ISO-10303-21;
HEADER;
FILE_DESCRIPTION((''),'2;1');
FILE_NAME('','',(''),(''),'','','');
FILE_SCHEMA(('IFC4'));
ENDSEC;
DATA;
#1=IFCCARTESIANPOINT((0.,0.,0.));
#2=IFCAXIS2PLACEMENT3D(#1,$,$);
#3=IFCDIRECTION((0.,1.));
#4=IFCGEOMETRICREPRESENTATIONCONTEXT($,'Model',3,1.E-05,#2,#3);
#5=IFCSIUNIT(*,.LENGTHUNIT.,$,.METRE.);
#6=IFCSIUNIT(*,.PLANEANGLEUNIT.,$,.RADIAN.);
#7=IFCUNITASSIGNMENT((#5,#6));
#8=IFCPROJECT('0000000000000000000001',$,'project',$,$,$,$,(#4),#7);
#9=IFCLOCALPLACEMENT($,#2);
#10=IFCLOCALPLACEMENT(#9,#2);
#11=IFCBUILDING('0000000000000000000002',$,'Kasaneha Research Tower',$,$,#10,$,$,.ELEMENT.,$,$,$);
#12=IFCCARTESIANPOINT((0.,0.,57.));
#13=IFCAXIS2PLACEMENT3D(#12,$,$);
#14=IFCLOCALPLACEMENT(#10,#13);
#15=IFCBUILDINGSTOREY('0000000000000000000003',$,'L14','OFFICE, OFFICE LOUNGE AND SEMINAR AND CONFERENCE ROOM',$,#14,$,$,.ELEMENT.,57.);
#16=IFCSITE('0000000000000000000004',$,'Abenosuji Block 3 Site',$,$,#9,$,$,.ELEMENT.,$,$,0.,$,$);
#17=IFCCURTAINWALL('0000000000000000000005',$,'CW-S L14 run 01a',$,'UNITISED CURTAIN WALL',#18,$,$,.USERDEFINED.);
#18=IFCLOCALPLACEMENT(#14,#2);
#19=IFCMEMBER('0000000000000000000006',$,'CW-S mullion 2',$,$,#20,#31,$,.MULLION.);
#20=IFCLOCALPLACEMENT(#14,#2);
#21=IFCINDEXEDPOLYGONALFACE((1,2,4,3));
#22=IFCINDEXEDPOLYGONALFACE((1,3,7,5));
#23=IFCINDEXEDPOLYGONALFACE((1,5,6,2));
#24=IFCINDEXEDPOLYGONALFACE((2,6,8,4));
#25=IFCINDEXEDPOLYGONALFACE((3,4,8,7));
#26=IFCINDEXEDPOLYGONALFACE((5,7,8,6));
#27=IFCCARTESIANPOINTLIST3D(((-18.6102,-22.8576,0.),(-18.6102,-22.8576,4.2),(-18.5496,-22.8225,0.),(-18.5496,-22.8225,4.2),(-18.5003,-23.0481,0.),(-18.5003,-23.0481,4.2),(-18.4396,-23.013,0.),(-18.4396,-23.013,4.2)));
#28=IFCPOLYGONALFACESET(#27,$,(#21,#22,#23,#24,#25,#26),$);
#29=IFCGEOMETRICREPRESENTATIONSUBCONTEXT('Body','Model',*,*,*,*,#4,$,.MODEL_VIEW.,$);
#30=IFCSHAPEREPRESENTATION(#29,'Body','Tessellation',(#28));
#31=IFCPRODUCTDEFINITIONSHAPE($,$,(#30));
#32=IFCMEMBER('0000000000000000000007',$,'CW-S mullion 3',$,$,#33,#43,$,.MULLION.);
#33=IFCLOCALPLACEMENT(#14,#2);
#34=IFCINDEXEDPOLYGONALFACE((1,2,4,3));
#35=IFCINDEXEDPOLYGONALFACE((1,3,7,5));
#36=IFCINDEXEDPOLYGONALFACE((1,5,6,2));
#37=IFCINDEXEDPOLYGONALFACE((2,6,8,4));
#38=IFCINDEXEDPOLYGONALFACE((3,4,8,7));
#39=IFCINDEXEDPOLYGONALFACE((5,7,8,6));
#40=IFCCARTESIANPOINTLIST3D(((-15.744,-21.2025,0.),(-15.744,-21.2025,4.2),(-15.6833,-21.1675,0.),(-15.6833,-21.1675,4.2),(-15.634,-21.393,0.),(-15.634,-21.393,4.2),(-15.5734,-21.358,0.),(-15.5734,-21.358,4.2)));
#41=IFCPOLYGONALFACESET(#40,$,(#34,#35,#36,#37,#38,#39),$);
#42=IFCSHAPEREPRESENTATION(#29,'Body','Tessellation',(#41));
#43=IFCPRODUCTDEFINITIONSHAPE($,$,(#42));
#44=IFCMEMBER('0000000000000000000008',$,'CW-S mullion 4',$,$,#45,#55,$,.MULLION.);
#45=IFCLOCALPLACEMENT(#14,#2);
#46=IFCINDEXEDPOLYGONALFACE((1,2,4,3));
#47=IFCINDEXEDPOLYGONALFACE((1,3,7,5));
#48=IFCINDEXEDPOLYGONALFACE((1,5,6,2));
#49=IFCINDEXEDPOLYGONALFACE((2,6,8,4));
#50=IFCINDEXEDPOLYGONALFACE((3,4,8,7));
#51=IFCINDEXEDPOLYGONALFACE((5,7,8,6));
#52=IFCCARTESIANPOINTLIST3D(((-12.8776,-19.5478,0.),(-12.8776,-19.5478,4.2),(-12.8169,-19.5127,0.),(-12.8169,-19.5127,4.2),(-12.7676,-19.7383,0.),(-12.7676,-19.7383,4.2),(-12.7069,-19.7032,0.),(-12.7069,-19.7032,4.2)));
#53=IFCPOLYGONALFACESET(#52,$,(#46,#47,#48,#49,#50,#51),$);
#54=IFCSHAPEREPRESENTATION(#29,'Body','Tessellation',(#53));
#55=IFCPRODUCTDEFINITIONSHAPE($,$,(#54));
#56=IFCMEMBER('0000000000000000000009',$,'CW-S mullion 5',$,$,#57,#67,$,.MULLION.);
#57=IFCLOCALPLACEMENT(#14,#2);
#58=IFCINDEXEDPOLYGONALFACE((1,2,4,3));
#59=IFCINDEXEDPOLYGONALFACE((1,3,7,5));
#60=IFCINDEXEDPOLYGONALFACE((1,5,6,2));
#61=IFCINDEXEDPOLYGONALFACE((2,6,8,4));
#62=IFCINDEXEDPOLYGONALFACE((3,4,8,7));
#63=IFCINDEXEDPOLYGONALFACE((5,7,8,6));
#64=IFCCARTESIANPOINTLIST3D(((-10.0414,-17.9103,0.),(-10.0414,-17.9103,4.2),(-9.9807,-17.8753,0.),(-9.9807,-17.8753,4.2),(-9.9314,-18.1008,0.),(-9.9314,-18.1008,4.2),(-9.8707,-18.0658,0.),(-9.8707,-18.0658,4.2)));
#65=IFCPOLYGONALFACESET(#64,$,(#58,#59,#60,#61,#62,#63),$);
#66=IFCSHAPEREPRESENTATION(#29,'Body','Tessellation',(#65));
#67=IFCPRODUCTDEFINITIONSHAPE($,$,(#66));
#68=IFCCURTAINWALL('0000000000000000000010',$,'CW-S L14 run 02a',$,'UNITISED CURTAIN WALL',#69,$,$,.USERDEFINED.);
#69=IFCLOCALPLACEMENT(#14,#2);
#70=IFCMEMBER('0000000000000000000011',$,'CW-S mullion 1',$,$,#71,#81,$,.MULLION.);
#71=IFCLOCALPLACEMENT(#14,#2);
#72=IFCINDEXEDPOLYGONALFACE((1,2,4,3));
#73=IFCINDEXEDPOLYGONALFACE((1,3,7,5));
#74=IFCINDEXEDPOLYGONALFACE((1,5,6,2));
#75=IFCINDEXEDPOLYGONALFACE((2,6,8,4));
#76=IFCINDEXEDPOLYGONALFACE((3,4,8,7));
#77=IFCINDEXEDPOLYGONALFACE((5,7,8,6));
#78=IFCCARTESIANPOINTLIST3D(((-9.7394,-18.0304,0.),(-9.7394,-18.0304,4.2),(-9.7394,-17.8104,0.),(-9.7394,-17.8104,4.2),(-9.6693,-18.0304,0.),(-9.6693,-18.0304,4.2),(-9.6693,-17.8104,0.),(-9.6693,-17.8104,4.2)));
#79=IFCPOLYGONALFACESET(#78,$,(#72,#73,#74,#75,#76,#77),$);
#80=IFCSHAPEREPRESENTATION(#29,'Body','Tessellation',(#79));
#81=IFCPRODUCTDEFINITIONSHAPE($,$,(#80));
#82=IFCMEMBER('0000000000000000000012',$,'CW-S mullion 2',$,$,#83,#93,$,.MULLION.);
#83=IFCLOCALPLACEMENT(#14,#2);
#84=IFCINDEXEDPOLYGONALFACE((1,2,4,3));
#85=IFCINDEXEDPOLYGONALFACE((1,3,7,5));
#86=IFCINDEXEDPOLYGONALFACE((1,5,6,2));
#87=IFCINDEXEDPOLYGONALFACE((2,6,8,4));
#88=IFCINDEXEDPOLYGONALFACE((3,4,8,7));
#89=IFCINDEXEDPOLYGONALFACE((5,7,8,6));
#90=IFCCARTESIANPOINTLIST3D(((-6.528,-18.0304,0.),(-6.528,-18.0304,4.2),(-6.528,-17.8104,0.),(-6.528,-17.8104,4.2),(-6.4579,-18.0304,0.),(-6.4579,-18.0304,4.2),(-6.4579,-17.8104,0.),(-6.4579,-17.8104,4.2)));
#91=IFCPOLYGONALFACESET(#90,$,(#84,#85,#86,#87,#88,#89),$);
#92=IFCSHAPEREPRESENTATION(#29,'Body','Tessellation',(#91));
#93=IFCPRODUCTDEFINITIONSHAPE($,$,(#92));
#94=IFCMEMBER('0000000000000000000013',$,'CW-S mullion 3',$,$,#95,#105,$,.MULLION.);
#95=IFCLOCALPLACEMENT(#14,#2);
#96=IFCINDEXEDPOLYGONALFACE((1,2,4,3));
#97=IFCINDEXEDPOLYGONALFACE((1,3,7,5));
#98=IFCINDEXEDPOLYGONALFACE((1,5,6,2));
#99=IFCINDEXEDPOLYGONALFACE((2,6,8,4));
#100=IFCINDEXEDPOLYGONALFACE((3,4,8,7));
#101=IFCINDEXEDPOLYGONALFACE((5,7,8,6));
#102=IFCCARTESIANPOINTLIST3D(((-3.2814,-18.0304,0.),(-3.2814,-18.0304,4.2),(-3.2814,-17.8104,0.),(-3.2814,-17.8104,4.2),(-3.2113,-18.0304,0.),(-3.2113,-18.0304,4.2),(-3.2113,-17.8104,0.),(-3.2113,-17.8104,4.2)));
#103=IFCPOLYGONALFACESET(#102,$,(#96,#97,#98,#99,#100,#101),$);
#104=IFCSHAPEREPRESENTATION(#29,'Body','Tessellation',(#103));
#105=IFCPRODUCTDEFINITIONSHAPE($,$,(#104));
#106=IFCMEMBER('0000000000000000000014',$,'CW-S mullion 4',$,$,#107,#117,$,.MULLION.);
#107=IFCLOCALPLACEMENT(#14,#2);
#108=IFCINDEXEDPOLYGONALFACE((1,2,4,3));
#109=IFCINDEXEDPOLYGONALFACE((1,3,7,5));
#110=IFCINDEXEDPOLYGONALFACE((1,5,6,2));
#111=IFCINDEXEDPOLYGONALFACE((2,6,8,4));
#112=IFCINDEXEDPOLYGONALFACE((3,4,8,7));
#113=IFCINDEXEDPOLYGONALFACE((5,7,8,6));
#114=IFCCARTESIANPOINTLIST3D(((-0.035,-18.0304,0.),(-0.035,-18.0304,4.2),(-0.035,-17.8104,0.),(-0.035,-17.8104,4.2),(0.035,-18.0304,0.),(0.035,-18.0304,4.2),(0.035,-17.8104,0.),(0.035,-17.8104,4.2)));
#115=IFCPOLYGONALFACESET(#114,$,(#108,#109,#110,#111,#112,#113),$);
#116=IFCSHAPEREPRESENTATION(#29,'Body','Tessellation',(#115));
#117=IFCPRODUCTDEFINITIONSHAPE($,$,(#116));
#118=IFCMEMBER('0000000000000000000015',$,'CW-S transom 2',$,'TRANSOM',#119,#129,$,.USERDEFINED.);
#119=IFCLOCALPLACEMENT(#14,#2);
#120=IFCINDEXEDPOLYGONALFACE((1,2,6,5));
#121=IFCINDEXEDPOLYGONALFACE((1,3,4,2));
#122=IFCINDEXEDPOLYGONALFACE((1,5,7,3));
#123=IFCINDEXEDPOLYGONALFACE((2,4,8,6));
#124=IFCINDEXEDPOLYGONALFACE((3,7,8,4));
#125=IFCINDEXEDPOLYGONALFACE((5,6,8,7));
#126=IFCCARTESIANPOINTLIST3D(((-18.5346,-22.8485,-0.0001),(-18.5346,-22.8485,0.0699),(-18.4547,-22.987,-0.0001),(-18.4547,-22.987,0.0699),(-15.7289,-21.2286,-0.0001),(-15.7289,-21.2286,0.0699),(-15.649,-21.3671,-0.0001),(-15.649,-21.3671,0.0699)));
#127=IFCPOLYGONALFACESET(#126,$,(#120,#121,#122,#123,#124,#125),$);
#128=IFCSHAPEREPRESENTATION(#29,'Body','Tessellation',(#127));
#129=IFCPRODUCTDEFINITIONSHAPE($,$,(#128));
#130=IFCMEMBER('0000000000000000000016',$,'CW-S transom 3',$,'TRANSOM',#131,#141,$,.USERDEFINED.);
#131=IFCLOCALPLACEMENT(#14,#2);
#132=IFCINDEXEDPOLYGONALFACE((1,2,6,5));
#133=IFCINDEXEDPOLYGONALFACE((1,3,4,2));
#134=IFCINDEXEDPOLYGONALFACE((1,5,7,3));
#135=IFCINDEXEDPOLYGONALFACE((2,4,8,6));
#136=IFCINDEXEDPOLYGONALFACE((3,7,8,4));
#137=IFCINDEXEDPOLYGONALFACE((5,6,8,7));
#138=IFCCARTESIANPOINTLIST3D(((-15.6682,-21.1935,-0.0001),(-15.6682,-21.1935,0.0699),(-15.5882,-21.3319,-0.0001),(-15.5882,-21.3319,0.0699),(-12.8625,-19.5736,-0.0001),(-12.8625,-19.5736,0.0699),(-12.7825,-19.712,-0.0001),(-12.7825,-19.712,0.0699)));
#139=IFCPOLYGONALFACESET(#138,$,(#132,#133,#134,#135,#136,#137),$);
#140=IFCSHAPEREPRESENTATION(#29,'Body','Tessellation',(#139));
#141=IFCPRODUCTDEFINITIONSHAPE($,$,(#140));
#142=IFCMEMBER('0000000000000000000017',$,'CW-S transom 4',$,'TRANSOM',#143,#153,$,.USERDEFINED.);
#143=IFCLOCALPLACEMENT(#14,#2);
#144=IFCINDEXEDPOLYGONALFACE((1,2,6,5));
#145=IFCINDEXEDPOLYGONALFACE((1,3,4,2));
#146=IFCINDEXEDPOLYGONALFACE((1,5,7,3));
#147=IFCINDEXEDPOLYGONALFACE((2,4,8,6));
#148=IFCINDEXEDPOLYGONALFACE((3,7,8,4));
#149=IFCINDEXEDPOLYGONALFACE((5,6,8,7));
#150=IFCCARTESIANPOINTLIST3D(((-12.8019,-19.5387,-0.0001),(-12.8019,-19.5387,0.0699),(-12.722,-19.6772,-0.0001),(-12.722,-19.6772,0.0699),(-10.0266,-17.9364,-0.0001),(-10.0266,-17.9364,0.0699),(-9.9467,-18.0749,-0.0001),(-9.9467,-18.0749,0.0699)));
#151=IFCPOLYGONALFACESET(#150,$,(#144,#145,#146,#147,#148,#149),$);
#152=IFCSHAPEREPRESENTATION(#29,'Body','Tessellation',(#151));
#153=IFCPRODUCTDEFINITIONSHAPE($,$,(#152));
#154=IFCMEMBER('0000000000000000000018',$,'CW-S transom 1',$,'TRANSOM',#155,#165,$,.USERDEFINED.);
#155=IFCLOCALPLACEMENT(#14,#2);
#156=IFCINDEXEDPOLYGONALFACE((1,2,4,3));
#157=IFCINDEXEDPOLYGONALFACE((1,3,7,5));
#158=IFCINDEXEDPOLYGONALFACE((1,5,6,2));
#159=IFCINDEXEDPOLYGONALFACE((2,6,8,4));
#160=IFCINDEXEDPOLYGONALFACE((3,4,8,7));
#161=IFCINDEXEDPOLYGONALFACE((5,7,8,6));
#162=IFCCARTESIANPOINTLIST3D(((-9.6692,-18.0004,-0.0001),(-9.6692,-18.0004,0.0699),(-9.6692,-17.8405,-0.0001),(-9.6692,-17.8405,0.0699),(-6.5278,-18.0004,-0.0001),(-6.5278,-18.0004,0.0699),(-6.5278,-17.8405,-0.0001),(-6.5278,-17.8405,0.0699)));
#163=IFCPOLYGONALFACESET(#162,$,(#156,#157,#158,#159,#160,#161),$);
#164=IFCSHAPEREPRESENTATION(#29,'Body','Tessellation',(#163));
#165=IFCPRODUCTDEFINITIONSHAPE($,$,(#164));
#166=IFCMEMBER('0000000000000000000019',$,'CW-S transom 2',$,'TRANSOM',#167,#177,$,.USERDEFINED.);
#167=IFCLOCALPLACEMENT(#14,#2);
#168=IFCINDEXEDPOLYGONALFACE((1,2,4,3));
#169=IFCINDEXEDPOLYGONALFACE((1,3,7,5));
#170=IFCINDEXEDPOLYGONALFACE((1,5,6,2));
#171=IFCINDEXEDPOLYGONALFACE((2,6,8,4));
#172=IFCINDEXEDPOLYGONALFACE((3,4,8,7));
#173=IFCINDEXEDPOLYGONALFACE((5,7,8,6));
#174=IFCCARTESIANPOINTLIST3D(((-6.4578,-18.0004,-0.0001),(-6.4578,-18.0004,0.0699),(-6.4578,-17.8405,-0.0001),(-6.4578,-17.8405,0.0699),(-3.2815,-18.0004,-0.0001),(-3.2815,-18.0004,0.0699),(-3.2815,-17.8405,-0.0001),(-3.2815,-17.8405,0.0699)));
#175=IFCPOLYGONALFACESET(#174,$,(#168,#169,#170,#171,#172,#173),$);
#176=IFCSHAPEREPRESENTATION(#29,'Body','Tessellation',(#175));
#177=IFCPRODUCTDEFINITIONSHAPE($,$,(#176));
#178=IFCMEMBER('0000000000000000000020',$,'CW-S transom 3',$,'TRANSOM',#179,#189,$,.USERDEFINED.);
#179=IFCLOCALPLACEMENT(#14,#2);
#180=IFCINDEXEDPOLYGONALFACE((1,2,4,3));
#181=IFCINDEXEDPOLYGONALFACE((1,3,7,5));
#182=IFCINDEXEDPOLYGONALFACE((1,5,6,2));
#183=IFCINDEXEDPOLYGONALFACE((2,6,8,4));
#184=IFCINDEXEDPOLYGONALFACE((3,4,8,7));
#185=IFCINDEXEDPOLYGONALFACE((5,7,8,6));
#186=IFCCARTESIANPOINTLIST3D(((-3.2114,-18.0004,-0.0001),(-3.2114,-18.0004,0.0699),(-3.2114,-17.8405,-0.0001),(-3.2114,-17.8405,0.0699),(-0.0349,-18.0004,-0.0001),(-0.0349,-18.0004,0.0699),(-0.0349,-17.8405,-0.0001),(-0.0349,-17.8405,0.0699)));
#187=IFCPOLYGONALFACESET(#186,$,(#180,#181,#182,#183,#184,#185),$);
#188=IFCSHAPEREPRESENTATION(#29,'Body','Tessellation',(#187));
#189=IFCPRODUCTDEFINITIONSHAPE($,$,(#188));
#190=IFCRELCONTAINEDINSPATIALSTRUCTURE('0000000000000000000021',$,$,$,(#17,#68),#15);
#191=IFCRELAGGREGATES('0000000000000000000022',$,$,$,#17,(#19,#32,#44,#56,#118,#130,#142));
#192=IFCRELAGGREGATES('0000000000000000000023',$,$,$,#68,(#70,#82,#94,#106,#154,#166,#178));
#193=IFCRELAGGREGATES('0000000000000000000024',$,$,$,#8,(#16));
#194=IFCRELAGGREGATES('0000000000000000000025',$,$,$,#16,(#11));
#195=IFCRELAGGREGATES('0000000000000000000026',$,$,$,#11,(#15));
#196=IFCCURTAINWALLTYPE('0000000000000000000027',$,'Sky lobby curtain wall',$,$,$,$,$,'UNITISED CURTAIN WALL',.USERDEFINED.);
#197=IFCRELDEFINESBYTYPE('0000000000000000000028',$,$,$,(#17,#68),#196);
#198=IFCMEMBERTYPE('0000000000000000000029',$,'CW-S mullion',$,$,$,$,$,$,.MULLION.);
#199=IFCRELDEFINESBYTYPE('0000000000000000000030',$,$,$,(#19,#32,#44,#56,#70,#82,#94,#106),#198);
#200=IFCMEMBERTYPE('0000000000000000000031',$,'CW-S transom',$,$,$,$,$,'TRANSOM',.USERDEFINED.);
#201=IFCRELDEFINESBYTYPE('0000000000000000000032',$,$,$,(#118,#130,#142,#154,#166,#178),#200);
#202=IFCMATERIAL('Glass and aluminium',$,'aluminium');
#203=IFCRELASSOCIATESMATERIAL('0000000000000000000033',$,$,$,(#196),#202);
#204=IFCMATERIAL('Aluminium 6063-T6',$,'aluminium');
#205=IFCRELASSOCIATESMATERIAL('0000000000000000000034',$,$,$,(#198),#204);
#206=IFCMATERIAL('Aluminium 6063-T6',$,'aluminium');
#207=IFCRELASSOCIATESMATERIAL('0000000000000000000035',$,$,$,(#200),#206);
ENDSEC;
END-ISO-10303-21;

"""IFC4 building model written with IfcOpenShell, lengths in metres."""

from ifc_helpers import new_model, si_unit, direction, frame, origin, origin_2d, place, context, subcontext, project, spatial, rectangle, extrude, material, material_profile, profile_set, type_object, element, aggregate, save


model = new_model("IFC4")

# Units and contexts
model_context = context("Model", 3, precision=1e-05, world=origin(), true_north=direction((0.0, 1.0)))
body_context = subcontext(model_context, "Body", "Model", "MODEL_VIEW")
ifc_project = project(units=[si_unit("LENGTHUNIT", "METRE"), si_unit("PLANEANGLEUNIT", "RADIAN")], contexts=[model_context])

# Site, building, storey
site_placement = place(None, origin())
site = spatial("IfcSite", under=ifc_project, at=site_placement, Name="Abenosuji Block 3 Site", CompositionType="ELEMENT", RefElevation=0.0)
building_placement = place(site_placement, origin())
building = spatial("IfcBuilding", under=site, at=building_placement, Name="Kasaneha Research Tower", CompositionType="ELEMENT")
storey_placement = place(building_placement, frame((0.0, 0.0, 57.0)))
storey = spatial("IfcBuildingStorey", under=building, at=storey_placement, Name="L14", Description="OFFICE, OFFICE LOUNGE AND SEMINAR AND CONFERENCE ROOM", CompositionType="ELEMENT", Elevation=57.0)

# Curtain walls, members
ifc_material_1 = material(Name="Glass and aluminium", Category="aluminium")
curtain_wall_type = type_object("IfcCurtainWallType", Name="Sky lobby curtain wall", ElementType="UNITISED CURTAIN WALL", PredefinedType="USERDEFINED", material=ifc_material_1)
curtain_wall_1_placement = place(storey_placement, origin())
curtain_wall_1 = element("IfcCurtainWall", 1, at=curtain_wall_1_placement, inside=storey, type_object=curtain_wall_type, Name="CW-S L14 run 01a", ObjectType="UNITISED CURTAIN WALL", PredefinedType="USERDEFINED")
ifc_material_2 = material(Name="Aluminium 6063-T6", Category="aluminium")
ifc_material_profile_1 = material_profile(ifc_material_2, rectangle(XDim=0.0701, YDim=0.22, at=origin_2d()), Name="CW-S mullion 70x220")
ifc_profile_set_1 = profile_set([ifc_material_profile_1], Name="Aluminium 6063-T6")
member_type_1 = type_object("IfcMemberType", Name="CW-S mullion", PredefinedType="MULLION", material=ifc_profile_set_1)
member_1_placement = place(storey_placement, frame((-18.5249, -22.9353, 0.0), z_axis=(0.0, 0.0, 1.0), x_axis=(0.866025, 0.5, 0.0)))
member_1 = element("IfcMember", 2, at=member_1_placement, type_object=member_type_1, Name="CW-S mullion 2", PredefinedType="MULLION", context=body_context, shape_type="SweptSolid", body=[
    extrude(rectangle(XDim=0.0701, YDim=0.22, at=origin_2d()), origin(), (0.0, 0.0, 1.0), 4.2),
])
member_2_placement = place(storey_placement, frame((-15.6587, -21.2803, 0.0), z_axis=(0.0, 0.0, 1.0), x_axis=(0.866025, 0.5, 0.0)))
member_2 = element("IfcMember", 3, at=member_2_placement, type_object=member_type_1, Name="CW-S mullion 3", PredefinedType="MULLION", context=body_context, shape_type="SweptSolid", body=[
    extrude(rectangle(XDim=0.0701, YDim=0.22, at=origin_2d()), origin(), (0.0, 0.0, 1.0), 4.2),
])
member_3_placement = place(storey_placement, frame((-12.7922, -19.6255, 0.0), z_axis=(0.0, 0.0, 1.0), x_axis=(0.866025, 0.5, 0.0)))
member_3 = element("IfcMember", 4, at=member_3_placement, type_object=member_type_1, Name="CW-S mullion 4", PredefinedType="MULLION", context=body_context, shape_type="SweptSolid", body=[
    extrude(rectangle(XDim=0.0701, YDim=0.22, at=origin_2d()), origin(), (0.0, 0.0, 1.0), 4.2),
])
member_4_placement = place(storey_placement, frame((-9.9561, -17.988, 0.0), z_axis=(0.0, 0.0, 1.0), x_axis=(0.866025, 0.5, 0.0)))
member_4 = element("IfcMember", 5, at=member_4_placement, type_object=member_type_1, Name="CW-S mullion 5", PredefinedType="MULLION", context=body_context, shape_type="SweptSolid", body=[
    extrude(rectangle(XDim=0.0701, YDim=0.22, at=origin_2d()), origin(), (0.0, 0.0, 1.0), 4.2),
])
curtain_wall_2_placement = place(storey_placement, origin())
curtain_wall_2 = element("IfcCurtainWall", 6, at=curtain_wall_2_placement, inside=storey, type_object=curtain_wall_type, Name="CW-S L14 run 02a", ObjectType="UNITISED CURTAIN WALL", PredefinedType="USERDEFINED")
member_5_placement = place(storey_placement, frame((-9.7043, -17.9204, 0.0), z_axis=(0.0, 0.0, 1.0), x_axis=(1.0, 0.0, 0.0)))
member_5 = element("IfcMember", 7, at=member_5_placement, type_object=member_type_1, Name="CW-S mullion 1", PredefinedType="MULLION", context=body_context, shape_type="SweptSolid", body=[
    extrude(rectangle(XDim=0.0701, YDim=0.22, at=origin_2d()), origin(), (0.0, 0.0, 1.0), 4.2),
])
member_6_placement = place(storey_placement, frame((-6.4929, -17.9204, 0.0), z_axis=(0.0, 0.0, 1.0), x_axis=(1.0, 0.0, 0.0)))
member_6 = element("IfcMember", 8, at=member_6_placement, type_object=member_type_1, Name="CW-S mullion 2", PredefinedType="MULLION", context=body_context, shape_type="SweptSolid", body=[
    extrude(rectangle(XDim=0.0701, YDim=0.22, at=origin_2d()), origin(), (0.0, 0.0, 1.0), 4.2),
])
member_7_placement = place(storey_placement, frame((-3.2463, -17.9204, 0.0), z_axis=(0.0, 0.0, 1.0), x_axis=(1.0, 0.0, 0.0)))
member_7 = element("IfcMember", 9, at=member_7_placement, type_object=member_type_1, Name="CW-S mullion 3", PredefinedType="MULLION", context=body_context, shape_type="SweptSolid", body=[
    extrude(rectangle(XDim=0.0701, YDim=0.22, at=origin_2d()), origin(), (0.0, 0.0, 1.0), 4.2),
])
member_8_placement = place(storey_placement, frame((0.0, -17.9204, 0.0), z_axis=(0.0, 0.0, 1.0), x_axis=(1.0, 0.0, 0.0)))
member_8 = element("IfcMember", 10, at=member_8_placement, type_object=member_type_1, Name="CW-S mullion 4", PredefinedType="MULLION", context=body_context, shape_type="SweptSolid", body=[
    extrude(rectangle(XDim=0.0701, YDim=0.22, at=origin_2d()), origin(), (0.0, 0.0, 1.0), 4.2),
])

# Members
ifc_material_3 = material(Name="Aluminium 6063-T6", Category="aluminium")
ifc_material_profile_2 = material_profile(ifc_material_3, rectangle(XDim=0.1599, YDim=0.0701, at=origin_2d()), Name="CW-S transom 160x70")
ifc_profile_set_2 = profile_set([ifc_material_profile_2], Name="Aluminium 6063-T6")
member_type_2 = type_object("IfcMemberType", Name="CW-S transom", ElementType="TRANSOM", PredefinedType="USERDEFINED", material=ifc_profile_set_2)
member_9_placement = place(storey_placement, frame((-18.4946, -22.9177, 0.0349), z_axis=(0.866022, 0.500005, 0.0), x_axis=(-0.500005, 0.866022, 0.0)))
member_9 = element("IfcMember", 11, at=member_9_placement, type_object=member_type_2, Name="CW-S transom 2", ObjectType="TRANSOM", PredefinedType="USERDEFINED", context=body_context, shape_type="SweptSolid", body=[
    extrude(rectangle(XDim=0.1599, YDim=0.0701, at=origin_2d()), origin(), (0.0, 0.0, 1.0), 3.2397),
])
member_10_placement = place(storey_placement, frame((-15.6282, -21.2627, 0.0349), z_axis=(0.866022, 0.500005, 0.0), x_axis=(-0.500005, 0.866022, 0.0)))
member_10 = element("IfcMember", 12, at=member_10_placement, type_object=member_type_2, Name="CW-S transom 3", ObjectType="TRANSOM", PredefinedType="USERDEFINED", context=body_context, shape_type="SweptSolid", body=[
    extrude(rectangle(XDim=0.1599, YDim=0.0701, at=origin_2d()), origin(), (0.0, 0.0, 1.0), 3.2397),
])
member_11_placement = place(storey_placement, frame((-12.762, -19.6079, 0.0349), z_axis=(0.866036, 0.499982, 0.0), x_axis=(-0.499982, 0.866036, 0.0)))
member_11 = element("IfcMember", 13, at=member_11_placement, type_object=member_type_2, Name="CW-S transom 4", ObjectType="TRANSOM", PredefinedType="USERDEFINED", context=body_context, shape_type="SweptSolid", body=[
    extrude(rectangle(XDim=0.1599, YDim=0.0701, at=origin_2d()), origin(), (0.0, 0.0, 1.0), 3.2046),
])
member_12_placement = place(storey_placement, frame((-9.6692, -17.9204, 0.0349), z_axis=(1.0, 0.0, 0.0), x_axis=(0.0, 1.0, 0.0)))
member_12 = element("IfcMember", 14, at=member_12_placement, type_object=member_type_2, Name="CW-S transom 1", ObjectType="TRANSOM", PredefinedType="USERDEFINED", context=body_context, shape_type="SweptSolid", body=[
    extrude(rectangle(XDim=0.1599, YDim=0.0701, at=origin_2d()), origin(), (0.0, 0.0, 1.0), 3.1414),
])
member_13_placement = place(storey_placement, frame((-6.4578, -17.9204, 0.0349), z_axis=(1.0, 0.0, 0.0), x_axis=(0.0, 1.0, 0.0)))
member_13 = element("IfcMember", 15, at=member_13_placement, type_object=member_type_2, Name="CW-S transom 2", ObjectType="TRANSOM", PredefinedType="USERDEFINED", context=body_context, shape_type="SweptSolid", body=[
    extrude(rectangle(XDim=0.1599, YDim=0.0701, at=origin_2d()), origin(), (0.0, 0.0, 1.0), 3.1763),
])
member_14_placement = place(storey_placement, frame((-3.2114, -17.9204, 0.0349), z_axis=(1.0, 0.0, 0.0), x_axis=(0.0, 1.0, 0.0)))
member_14 = element("IfcMember", 16, at=member_14_placement, type_object=member_type_2, Name="CW-S transom 3", ObjectType="TRANSOM", PredefinedType="USERDEFINED", context=body_context, shape_type="SweptSolid", body=[
    extrude(rectangle(XDim=0.1599, YDim=0.0701, at=origin_2d()), origin(), (0.0, 0.0, 1.0), 3.1765),
])

aggregate(curtain_wall_1, [member_1, member_2, member_3, member_4, member_9, member_10, member_11])
aggregate(curtain_wall_2, [member_5, member_6, member_7, member_8, member_12, member_13, member_14])

save(model, "model.ifc")
